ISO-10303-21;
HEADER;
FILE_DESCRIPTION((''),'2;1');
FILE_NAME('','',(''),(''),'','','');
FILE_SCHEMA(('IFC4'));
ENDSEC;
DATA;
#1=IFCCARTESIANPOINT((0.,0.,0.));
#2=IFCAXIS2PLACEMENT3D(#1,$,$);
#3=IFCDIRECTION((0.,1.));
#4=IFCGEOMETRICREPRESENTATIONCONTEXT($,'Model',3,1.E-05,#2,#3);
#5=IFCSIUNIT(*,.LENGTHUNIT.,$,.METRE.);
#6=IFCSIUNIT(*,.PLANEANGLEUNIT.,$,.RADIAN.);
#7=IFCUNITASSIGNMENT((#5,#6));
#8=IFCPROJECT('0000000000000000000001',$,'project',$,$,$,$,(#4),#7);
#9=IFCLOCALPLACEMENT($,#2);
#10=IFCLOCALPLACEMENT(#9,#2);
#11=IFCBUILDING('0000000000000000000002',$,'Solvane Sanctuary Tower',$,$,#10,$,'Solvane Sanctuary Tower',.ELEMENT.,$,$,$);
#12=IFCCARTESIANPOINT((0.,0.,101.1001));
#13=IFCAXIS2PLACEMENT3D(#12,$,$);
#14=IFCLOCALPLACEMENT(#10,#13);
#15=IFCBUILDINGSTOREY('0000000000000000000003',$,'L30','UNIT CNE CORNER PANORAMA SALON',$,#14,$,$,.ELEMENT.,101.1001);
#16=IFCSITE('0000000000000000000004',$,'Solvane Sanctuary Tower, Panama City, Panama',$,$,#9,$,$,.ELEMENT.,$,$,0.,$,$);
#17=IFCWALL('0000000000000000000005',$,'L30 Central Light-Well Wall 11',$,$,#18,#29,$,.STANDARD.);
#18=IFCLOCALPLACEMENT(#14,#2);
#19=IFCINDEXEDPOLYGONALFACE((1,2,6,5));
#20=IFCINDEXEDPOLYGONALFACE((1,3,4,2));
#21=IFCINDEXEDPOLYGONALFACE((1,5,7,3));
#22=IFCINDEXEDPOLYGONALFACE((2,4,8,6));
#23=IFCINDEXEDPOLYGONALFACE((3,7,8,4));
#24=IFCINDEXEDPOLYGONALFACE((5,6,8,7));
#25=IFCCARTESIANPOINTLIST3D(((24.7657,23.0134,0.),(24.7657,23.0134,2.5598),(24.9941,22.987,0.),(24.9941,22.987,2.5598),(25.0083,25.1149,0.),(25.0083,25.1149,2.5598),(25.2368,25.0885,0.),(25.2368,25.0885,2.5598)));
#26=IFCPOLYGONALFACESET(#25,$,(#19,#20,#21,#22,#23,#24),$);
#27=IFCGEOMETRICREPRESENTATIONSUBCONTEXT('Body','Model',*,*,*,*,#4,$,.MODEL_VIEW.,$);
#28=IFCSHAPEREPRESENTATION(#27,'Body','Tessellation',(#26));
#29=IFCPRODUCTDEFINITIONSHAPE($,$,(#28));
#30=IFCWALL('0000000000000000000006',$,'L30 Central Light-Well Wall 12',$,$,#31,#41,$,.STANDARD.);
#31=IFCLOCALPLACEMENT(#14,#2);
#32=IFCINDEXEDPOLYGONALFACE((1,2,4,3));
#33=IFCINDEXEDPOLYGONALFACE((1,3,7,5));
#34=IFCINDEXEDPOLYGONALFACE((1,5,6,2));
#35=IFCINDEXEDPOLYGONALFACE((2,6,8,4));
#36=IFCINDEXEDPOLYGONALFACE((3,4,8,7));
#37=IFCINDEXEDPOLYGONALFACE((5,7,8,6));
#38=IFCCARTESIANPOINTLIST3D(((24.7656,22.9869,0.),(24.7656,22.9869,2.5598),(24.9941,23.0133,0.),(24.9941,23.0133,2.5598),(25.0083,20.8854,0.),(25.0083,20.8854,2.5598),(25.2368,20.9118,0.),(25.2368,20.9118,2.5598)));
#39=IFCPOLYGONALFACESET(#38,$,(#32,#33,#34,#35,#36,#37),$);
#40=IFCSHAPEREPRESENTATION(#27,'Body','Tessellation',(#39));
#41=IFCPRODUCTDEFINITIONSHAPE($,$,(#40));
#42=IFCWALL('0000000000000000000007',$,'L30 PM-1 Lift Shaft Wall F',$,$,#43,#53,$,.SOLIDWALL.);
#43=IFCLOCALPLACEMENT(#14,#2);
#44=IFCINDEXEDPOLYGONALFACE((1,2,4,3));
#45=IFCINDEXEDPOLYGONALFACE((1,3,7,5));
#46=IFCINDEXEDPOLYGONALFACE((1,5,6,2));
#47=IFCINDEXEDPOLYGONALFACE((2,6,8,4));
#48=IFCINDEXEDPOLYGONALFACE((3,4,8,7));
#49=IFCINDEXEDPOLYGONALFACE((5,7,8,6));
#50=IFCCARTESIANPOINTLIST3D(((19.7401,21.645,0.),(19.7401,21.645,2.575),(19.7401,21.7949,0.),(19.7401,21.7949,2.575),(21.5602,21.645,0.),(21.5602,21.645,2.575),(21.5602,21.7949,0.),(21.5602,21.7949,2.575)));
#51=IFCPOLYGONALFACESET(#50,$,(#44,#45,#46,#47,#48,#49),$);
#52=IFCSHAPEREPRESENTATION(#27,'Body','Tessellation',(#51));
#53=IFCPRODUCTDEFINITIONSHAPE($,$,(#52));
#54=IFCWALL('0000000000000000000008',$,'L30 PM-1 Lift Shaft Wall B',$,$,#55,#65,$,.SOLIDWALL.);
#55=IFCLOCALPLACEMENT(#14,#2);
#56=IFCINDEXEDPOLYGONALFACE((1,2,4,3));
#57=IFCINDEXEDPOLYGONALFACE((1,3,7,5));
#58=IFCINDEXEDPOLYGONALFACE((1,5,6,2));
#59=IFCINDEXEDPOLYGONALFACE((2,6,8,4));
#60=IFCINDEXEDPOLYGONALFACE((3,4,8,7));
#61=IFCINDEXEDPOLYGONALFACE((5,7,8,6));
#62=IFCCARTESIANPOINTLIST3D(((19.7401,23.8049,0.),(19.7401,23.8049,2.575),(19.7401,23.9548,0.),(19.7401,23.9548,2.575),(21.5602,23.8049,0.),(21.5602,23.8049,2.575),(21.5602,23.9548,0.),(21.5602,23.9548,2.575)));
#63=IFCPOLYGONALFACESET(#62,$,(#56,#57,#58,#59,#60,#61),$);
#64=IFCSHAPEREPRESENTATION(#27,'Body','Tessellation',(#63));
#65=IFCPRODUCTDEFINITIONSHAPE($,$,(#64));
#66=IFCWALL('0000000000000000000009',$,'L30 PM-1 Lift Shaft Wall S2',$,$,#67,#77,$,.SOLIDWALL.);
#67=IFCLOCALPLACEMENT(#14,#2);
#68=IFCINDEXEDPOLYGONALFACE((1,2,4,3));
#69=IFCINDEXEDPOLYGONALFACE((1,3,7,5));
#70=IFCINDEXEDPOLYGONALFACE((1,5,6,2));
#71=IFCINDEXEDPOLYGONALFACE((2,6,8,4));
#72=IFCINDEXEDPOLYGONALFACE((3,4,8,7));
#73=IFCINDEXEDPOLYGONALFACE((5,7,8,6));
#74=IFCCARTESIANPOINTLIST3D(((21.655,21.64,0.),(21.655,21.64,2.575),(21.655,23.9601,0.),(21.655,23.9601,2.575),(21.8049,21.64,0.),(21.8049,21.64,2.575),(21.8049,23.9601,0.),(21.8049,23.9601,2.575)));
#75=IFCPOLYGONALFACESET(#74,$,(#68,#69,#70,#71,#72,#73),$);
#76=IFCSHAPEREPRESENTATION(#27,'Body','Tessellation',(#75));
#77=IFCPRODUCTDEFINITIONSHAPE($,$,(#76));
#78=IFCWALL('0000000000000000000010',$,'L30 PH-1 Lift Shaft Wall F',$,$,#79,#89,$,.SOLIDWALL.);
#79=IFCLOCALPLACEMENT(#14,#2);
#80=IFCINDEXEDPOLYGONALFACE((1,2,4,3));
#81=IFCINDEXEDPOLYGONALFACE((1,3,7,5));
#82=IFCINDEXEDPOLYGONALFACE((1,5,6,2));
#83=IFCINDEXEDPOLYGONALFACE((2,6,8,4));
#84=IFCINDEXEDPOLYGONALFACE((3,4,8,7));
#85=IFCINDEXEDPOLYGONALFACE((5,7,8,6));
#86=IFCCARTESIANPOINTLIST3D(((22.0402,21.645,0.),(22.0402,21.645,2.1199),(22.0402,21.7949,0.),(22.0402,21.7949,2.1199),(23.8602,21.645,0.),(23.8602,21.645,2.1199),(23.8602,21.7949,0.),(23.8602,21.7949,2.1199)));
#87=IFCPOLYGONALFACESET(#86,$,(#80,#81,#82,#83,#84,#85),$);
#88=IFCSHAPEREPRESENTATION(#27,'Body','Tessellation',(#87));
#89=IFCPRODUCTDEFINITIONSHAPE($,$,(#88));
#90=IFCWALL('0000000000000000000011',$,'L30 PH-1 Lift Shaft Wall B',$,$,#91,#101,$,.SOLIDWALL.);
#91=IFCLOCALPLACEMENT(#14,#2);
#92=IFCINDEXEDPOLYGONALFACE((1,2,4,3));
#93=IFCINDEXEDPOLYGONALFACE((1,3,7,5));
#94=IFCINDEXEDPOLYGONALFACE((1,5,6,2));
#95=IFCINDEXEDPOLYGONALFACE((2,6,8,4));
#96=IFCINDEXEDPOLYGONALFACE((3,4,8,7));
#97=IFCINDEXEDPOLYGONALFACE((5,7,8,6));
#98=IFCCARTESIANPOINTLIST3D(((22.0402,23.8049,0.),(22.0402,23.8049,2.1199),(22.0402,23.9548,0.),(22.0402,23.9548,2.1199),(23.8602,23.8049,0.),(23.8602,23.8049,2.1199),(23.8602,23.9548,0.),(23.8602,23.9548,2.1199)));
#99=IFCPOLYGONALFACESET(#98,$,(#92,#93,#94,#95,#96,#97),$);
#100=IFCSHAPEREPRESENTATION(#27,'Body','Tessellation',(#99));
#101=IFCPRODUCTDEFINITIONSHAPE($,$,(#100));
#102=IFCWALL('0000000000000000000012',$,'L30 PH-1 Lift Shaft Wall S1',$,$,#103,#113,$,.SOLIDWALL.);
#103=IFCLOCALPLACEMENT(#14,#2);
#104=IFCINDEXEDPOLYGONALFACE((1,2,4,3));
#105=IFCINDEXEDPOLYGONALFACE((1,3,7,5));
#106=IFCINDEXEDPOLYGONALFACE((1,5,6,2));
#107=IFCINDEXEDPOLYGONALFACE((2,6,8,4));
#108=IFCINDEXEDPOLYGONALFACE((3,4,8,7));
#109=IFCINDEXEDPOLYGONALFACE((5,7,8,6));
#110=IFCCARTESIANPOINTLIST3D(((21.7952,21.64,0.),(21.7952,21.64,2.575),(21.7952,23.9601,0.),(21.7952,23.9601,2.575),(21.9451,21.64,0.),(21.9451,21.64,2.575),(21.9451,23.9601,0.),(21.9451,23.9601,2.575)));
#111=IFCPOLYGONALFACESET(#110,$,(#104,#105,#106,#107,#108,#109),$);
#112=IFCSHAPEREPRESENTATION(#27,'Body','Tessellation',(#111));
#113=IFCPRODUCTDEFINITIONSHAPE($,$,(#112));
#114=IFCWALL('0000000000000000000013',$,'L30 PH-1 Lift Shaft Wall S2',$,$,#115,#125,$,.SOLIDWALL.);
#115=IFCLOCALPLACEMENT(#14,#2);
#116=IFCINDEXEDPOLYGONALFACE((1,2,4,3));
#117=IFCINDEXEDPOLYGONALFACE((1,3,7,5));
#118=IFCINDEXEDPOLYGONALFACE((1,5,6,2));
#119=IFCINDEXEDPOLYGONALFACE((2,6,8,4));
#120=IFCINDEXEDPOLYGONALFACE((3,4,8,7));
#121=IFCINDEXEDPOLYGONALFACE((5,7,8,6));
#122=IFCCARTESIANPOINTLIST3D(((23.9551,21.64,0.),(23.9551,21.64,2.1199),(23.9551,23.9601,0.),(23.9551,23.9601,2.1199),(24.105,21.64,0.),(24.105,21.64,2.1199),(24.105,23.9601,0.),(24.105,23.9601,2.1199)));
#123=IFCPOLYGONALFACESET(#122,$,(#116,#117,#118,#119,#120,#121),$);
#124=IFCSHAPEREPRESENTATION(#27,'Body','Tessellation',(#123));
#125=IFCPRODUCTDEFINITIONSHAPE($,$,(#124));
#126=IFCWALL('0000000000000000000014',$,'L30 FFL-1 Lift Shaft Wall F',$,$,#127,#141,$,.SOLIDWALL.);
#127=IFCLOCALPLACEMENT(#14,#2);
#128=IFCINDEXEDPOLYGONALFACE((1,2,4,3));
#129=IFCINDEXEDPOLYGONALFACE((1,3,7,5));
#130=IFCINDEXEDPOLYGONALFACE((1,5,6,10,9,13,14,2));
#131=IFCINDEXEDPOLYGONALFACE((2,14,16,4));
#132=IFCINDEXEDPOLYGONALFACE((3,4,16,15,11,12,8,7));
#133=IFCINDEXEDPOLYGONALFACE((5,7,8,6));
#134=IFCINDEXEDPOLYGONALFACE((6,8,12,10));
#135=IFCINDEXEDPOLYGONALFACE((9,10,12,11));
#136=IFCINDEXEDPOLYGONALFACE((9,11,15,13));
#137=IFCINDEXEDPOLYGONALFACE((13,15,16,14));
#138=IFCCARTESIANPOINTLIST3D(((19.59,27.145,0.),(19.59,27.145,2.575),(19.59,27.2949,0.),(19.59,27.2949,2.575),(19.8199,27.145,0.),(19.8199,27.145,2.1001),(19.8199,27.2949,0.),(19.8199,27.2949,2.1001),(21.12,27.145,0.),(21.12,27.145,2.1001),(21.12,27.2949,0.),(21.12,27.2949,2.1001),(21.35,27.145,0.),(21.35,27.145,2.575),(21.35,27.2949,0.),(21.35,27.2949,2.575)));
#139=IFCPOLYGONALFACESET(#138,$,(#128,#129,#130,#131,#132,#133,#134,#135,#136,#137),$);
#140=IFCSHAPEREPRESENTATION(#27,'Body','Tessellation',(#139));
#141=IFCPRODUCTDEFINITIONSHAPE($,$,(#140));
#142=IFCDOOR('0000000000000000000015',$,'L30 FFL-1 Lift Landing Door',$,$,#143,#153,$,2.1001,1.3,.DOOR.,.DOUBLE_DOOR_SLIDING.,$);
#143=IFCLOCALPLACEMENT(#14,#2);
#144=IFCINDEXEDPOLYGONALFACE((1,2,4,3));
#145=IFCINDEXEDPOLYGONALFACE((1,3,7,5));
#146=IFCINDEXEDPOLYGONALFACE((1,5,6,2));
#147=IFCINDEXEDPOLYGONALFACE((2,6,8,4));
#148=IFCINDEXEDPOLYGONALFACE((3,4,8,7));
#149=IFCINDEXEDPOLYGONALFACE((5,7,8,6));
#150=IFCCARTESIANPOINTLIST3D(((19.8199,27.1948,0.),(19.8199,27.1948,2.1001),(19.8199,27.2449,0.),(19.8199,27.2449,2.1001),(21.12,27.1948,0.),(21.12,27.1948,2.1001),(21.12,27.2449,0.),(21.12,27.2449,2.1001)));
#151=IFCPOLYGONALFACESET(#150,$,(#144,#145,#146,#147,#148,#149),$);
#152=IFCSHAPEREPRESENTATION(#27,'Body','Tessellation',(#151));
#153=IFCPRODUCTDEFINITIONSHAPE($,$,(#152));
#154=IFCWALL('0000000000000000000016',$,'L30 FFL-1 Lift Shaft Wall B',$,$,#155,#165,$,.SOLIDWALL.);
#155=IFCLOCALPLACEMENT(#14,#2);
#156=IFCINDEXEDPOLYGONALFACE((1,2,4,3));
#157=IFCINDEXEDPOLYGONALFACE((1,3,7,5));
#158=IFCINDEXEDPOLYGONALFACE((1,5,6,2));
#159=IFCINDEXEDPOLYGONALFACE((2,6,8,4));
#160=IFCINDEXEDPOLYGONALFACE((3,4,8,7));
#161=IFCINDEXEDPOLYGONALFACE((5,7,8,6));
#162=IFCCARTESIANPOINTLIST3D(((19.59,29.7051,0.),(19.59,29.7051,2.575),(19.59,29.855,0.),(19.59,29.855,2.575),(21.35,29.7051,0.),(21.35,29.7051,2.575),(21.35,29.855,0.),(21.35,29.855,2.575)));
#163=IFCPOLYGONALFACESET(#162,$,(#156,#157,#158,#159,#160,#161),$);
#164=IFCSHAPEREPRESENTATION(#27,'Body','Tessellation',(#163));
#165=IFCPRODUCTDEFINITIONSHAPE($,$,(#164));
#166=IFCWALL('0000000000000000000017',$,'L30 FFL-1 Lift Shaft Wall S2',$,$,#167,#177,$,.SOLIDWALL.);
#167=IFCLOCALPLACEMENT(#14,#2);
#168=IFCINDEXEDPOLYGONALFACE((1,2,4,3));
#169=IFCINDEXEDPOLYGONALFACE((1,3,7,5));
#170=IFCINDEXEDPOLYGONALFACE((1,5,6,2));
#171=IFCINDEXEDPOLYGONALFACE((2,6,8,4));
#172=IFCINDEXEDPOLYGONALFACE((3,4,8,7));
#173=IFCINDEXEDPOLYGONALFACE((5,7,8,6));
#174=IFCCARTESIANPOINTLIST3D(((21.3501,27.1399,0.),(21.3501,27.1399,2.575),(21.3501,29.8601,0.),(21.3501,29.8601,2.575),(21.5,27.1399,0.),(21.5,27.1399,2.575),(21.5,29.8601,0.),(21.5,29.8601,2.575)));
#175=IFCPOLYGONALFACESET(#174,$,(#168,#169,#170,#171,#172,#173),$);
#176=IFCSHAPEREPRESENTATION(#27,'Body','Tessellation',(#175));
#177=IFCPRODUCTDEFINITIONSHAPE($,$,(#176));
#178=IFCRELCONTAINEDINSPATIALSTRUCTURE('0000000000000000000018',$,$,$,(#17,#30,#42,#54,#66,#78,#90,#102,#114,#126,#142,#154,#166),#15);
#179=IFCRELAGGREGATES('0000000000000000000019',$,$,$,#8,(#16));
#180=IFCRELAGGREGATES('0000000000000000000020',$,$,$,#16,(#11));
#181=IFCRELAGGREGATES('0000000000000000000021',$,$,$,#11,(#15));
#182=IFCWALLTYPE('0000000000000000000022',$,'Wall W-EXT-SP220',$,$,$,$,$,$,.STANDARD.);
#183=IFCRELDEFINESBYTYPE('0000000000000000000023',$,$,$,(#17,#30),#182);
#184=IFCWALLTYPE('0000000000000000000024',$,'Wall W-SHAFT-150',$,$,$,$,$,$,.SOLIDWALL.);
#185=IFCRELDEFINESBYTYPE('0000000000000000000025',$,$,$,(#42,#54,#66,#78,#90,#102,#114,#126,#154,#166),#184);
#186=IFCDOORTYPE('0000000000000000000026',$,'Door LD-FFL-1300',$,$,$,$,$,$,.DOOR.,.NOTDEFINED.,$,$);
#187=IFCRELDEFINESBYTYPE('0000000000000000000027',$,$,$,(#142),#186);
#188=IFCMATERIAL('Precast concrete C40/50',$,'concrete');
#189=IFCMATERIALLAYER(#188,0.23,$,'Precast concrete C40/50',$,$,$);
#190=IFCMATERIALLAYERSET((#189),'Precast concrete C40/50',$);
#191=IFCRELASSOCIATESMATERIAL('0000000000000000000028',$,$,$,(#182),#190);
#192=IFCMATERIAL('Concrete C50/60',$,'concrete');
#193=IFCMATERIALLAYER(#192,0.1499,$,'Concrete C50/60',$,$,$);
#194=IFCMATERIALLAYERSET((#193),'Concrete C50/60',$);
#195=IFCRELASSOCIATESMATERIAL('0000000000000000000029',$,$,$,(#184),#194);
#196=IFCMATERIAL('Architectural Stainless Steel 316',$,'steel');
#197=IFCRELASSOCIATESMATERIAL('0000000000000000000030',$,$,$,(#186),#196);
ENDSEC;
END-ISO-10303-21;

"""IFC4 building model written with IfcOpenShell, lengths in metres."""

from ifc_helpers import new_model, si_unit, direction, frame, frame_2d, origin, place, context, subcontext, project, spatial, rectangle, extrude, material, layer, layer_set, type_object, element, fill, save


model = new_model("IFC4")

# Units and contexts
model_context = context("Model", 3, precision=1e-05, world=origin(), true_north=direction((0.0, 1.0)))
body_context = subcontext(model_context, "Body", "Model", "MODEL_VIEW")
ifc_project = project(units=[si_unit("LENGTHUNIT", "METRE"), si_unit("PLANEANGLEUNIT", "RADIAN")], contexts=[model_context])

# Site, building, storey
site_placement = place(None, origin())
site = spatial("IfcSite", under=ifc_project, at=site_placement, Name="Solvane Sanctuary Tower, Panama City, Panama", CompositionType="ELEMENT", RefElevation=0.0)
building_placement = place(site_placement, origin())
building = spatial("IfcBuilding", under=site, at=building_placement, Name="Solvane Sanctuary Tower", LongName="Solvane Sanctuary Tower", CompositionType="ELEMENT")
storey_placement = place(building_placement, frame((0.0, 0.0, 101.1001)))
storey = spatial("IfcBuildingStorey", under=building, at=storey_placement, Name="L30", Description="UNIT CNE CORNER PANORAMA SALON", CompositionType="ELEMENT", Elevation=101.1001)

# Shared definitions
ifc_material_1 = material(Name="Architectural Stainless Steel 316", Category="steel")

# Walls
ifc_material_2 = material(Name="Precast concrete C40/50", Category="concrete")
ifc_layer_1 = layer(ifc_material_2, 0.23, Name="Precast concrete C40/50")
ifc_layer_set_1 = layer_set([ifc_layer_1], Name="Precast concrete C40/50")
wall_type_1 = type_object("IfcWallType", Name="Wall W-EXT-SP220", PredefinedType="STANDARD", material=ifc_layer_set_1)
for number, where, z_axis, x_axis, name in (
    (1, (25.1226, 25.1016, 0.0), (0.0, 0.0, 1.0), (-0.114712, -0.993399, 0.0), "L30 Central Light-Well Wall 11"),
    (2, (24.8799, 23.0, 0.0), (0.0, 0.0, 1.0), (0.114712, -0.993399, 0.0), "L30 Central Light-Well Wall 12"),
):
    element("IfcWall", number, at=place(storey_placement, frame(where, z_axis=z_axis, x_axis=x_axis)), inside=storey, type_object=wall_type_1, Name=name, PredefinedType="STANDARD", context=body_context, shape_type="SweptSolid", body=[
        extrude(rectangle(XDim=2.1155, YDim=0.23, at=frame_2d((1.0576, 0.0))), origin(), (0.0, 0.0, 1.0), 2.5598),
    ])
ifc_material_3 = material(Name="Concrete C50/60", Category="concrete")
ifc_layer_2 = layer(ifc_material_3, 0.1499, Name="Concrete C50/60")
ifc_layer_set_2 = layer_set([ifc_layer_2], Name="Concrete C50/60")
wall_type_2 = type_object("IfcWallType", Name="Wall W-SHAFT-150", PredefinedType="SOLIDWALL", material=ifc_layer_set_2)
for number, where, z_axis, x_axis, name in (
    (3, (19.74, 21.72, 0.0), (0.0, 0.0, 1.0), (1.0, 0.0, 0.0), "L30 PM-1 Lift Shaft Wall F"),
    (4, (19.74, 23.8799, 0.0), (0.0, 0.0, 1.0), (1.0, 0.0, 0.0), "L30 PM-1 Lift Shaft Wall B"),
):
    element("IfcWall", number, at=place(storey_placement, frame(where, z_axis=z_axis, x_axis=x_axis)), inside=storey, type_object=wall_type_2, Name=name, PredefinedType="SOLIDWALL", context=body_context, shape_type="SweptSolid", body=[
        extrude(rectangle(XDim=1.8201, YDim=0.1499, at=frame_2d((0.9102, 0.0))), origin(), (0.0, 0.0, 1.0), 2.575),
    ])
wall_1_placement = place(storey_placement, frame((21.73, 21.6399, 0.0), z_axis=(0.0, 0.0, 1.0), x_axis=(0.0, 1.0, 0.0)))
element("IfcWall", 5, at=wall_1_placement, inside=storey, type_object=wall_type_2, Name="L30 PM-1 Lift Shaft Wall S2", PredefinedType="SOLIDWALL", context=body_context, shape_type="SweptSolid", body=[
    extrude(rectangle(XDim=2.3201, YDim=0.1499, at=frame_2d((1.1602, 0.0))), origin(), (0.0, 0.0, 1.0), 2.575),
])
for number, where, z_axis, x_axis, name in (
    (6, (22.04, 21.72, 0.0), (0.0, 0.0, 1.0), (1.0, 0.0, 0.0), "L30 PH-1 Lift Shaft Wall F"),
    (7, (22.04, 23.8799, 0.0), (0.0, 0.0, 1.0), (1.0, 0.0, 0.0), "L30 PH-1 Lift Shaft Wall B"),
):
    element("IfcWall", number, at=place(storey_placement, frame(where, z_axis=z_axis, x_axis=x_axis)), inside=storey, type_object=wall_type_2, Name=name, PredefinedType="SOLIDWALL", context=body_context, shape_type="SweptSolid", body=[
        extrude(rectangle(XDim=1.8201, YDim=0.1499, at=frame_2d((0.9102, 0.0))), origin(), (0.0, 0.0, 1.0), 2.1199),
    ])
wall_2_placement = place(storey_placement, frame((21.8701, 21.6399, 0.0), z_axis=(0.0, 0.0, 1.0), x_axis=(0.0, 1.0, 0.0)))
element("IfcWall", 8, at=wall_2_placement, inside=storey, type_object=wall_type_2, Name="L30 PH-1 Lift Shaft Wall S1", PredefinedType="SOLIDWALL", context=body_context, shape_type="SweptSolid", body=[
    extrude(rectangle(XDim=2.3201, YDim=0.1499, at=frame_2d((1.1602, 0.0))), origin(), (0.0, 0.0, 1.0), 2.575),
])
wall_3_placement = place(storey_placement, frame((24.03, 21.6399, 0.0), z_axis=(0.0, 0.0, 1.0), x_axis=(0.0, 1.0, 0.0)))
element("IfcWall", 9, at=wall_3_placement, inside=storey, type_object=wall_type_2, Name="L30 PH-1 Lift Shaft Wall S2", PredefinedType="SOLIDWALL", context=body_context, shape_type="SweptSolid", body=[
    extrude(rectangle(XDim=2.3201, YDim=0.1499, at=frame_2d((1.1602, 0.0))), origin(), (0.0, 0.0, 1.0), 2.1199),
])

# Wall, opening, door
wall_4_placement = place(storey_placement, frame((19.5901, 27.22, 0.0), z_axis=(0.0, 0.0, 1.0), x_axis=(1.0, 0.0, 0.0)))
wall_4 = element("IfcWall", 10, at=wall_4_placement, inside=storey, type_object=wall_type_2, Name="L30 FFL-1 Lift Shaft Wall F", PredefinedType="SOLIDWALL", context=body_context, shape_type="SweptSolid", body=[
    extrude(rectangle(XDim=1.76, YDim=0.1499, at=frame_2d((0.8799, 0.0))), origin(), (0.0, 0.0, 1.0), 2.575),
])
opening_1_placement = place(wall_4_placement, frame((0.23, 0.0, 0.0)))
opening_1 = element("IfcOpeningElement", 11, at=opening_1_placement, cuts=wall_4, PredefinedType="OPENING", context=body_context, shape_type="SweptSolid", body=[
    extrude(rectangle(XDim=1.3, YDim=2.1001, at=frame_2d((0.6499, 1.05))), frame((0.0, 0.085, 0.0), z_axis=(0.0, -1.0, 0.0), x_axis=(1.0, 0.0, 0.0)), (0.0, 0.0, 1.0), 0.1699),
])
door_type_1 = type_object("IfcDoorType", Name="Door LD-FFL-1300", OperationType="NOTDEFINED", PredefinedType="DOOR", material=ifc_material_1)
door_1_placement = place(opening_1_placement, origin())
door_1 = element("IfcDoor", 12, at=door_1_placement, inside=storey, type_object=door_type_1, Name="L30 FFL-1 Lift Landing Door", OperationType="DOUBLE_DOOR_SLIDING", OverallHeight=2.1001, OverallWidth=1.3, PredefinedType="DOOR", context=body_context, shape_type="SweptSolid", body=[
    extrude(rectangle(XDim=1.3, YDim=2.1001, at=frame_2d((0.6499, 1.05))), frame((0.0, 0.0249, 0.0), z_axis=(0.0, -1.0, 0.0), x_axis=(1.0, 0.0, 0.0)), (0.0, 0.0, 1.0), 0.05),
])
fill(opening_1, door_1)

# Walls
wall_5_placement = place(storey_placement, frame((19.5901, 29.78, 0.0), z_axis=(0.0, 0.0, 1.0), x_axis=(1.0, 0.0, 0.0)))
element("IfcWall", 13, at=wall_5_placement, inside=storey, type_object=wall_type_2, Name="L30 FFL-1 Lift Shaft Wall B", PredefinedType="SOLIDWALL", context=body_context, shape_type="SweptSolid", body=[
    extrude(rectangle(XDim=1.76, YDim=0.1499, at=frame_2d((0.8799, 0.0))), origin(), (0.0, 0.0, 1.0), 2.575),
])
wall_6_placement = place(storey_placement, frame((21.425, 27.1399, 0.0), z_axis=(0.0, 0.0, 1.0), x_axis=(0.0, 1.0, 0.0)))
element("IfcWall", 14, at=wall_6_placement, inside=storey, type_object=wall_type_2, Name="L30 FFL-1 Lift Shaft Wall S2", PredefinedType="SOLIDWALL", context=body_context, shape_type="SweptSolid", body=[
    extrude(rectangle(XDim=2.7202, YDim=0.1499, at=frame_2d((1.3601, 0.0))), origin(), (0.0, 0.0, 1.0), 2.575),
])

save(model, "model.ifc")
